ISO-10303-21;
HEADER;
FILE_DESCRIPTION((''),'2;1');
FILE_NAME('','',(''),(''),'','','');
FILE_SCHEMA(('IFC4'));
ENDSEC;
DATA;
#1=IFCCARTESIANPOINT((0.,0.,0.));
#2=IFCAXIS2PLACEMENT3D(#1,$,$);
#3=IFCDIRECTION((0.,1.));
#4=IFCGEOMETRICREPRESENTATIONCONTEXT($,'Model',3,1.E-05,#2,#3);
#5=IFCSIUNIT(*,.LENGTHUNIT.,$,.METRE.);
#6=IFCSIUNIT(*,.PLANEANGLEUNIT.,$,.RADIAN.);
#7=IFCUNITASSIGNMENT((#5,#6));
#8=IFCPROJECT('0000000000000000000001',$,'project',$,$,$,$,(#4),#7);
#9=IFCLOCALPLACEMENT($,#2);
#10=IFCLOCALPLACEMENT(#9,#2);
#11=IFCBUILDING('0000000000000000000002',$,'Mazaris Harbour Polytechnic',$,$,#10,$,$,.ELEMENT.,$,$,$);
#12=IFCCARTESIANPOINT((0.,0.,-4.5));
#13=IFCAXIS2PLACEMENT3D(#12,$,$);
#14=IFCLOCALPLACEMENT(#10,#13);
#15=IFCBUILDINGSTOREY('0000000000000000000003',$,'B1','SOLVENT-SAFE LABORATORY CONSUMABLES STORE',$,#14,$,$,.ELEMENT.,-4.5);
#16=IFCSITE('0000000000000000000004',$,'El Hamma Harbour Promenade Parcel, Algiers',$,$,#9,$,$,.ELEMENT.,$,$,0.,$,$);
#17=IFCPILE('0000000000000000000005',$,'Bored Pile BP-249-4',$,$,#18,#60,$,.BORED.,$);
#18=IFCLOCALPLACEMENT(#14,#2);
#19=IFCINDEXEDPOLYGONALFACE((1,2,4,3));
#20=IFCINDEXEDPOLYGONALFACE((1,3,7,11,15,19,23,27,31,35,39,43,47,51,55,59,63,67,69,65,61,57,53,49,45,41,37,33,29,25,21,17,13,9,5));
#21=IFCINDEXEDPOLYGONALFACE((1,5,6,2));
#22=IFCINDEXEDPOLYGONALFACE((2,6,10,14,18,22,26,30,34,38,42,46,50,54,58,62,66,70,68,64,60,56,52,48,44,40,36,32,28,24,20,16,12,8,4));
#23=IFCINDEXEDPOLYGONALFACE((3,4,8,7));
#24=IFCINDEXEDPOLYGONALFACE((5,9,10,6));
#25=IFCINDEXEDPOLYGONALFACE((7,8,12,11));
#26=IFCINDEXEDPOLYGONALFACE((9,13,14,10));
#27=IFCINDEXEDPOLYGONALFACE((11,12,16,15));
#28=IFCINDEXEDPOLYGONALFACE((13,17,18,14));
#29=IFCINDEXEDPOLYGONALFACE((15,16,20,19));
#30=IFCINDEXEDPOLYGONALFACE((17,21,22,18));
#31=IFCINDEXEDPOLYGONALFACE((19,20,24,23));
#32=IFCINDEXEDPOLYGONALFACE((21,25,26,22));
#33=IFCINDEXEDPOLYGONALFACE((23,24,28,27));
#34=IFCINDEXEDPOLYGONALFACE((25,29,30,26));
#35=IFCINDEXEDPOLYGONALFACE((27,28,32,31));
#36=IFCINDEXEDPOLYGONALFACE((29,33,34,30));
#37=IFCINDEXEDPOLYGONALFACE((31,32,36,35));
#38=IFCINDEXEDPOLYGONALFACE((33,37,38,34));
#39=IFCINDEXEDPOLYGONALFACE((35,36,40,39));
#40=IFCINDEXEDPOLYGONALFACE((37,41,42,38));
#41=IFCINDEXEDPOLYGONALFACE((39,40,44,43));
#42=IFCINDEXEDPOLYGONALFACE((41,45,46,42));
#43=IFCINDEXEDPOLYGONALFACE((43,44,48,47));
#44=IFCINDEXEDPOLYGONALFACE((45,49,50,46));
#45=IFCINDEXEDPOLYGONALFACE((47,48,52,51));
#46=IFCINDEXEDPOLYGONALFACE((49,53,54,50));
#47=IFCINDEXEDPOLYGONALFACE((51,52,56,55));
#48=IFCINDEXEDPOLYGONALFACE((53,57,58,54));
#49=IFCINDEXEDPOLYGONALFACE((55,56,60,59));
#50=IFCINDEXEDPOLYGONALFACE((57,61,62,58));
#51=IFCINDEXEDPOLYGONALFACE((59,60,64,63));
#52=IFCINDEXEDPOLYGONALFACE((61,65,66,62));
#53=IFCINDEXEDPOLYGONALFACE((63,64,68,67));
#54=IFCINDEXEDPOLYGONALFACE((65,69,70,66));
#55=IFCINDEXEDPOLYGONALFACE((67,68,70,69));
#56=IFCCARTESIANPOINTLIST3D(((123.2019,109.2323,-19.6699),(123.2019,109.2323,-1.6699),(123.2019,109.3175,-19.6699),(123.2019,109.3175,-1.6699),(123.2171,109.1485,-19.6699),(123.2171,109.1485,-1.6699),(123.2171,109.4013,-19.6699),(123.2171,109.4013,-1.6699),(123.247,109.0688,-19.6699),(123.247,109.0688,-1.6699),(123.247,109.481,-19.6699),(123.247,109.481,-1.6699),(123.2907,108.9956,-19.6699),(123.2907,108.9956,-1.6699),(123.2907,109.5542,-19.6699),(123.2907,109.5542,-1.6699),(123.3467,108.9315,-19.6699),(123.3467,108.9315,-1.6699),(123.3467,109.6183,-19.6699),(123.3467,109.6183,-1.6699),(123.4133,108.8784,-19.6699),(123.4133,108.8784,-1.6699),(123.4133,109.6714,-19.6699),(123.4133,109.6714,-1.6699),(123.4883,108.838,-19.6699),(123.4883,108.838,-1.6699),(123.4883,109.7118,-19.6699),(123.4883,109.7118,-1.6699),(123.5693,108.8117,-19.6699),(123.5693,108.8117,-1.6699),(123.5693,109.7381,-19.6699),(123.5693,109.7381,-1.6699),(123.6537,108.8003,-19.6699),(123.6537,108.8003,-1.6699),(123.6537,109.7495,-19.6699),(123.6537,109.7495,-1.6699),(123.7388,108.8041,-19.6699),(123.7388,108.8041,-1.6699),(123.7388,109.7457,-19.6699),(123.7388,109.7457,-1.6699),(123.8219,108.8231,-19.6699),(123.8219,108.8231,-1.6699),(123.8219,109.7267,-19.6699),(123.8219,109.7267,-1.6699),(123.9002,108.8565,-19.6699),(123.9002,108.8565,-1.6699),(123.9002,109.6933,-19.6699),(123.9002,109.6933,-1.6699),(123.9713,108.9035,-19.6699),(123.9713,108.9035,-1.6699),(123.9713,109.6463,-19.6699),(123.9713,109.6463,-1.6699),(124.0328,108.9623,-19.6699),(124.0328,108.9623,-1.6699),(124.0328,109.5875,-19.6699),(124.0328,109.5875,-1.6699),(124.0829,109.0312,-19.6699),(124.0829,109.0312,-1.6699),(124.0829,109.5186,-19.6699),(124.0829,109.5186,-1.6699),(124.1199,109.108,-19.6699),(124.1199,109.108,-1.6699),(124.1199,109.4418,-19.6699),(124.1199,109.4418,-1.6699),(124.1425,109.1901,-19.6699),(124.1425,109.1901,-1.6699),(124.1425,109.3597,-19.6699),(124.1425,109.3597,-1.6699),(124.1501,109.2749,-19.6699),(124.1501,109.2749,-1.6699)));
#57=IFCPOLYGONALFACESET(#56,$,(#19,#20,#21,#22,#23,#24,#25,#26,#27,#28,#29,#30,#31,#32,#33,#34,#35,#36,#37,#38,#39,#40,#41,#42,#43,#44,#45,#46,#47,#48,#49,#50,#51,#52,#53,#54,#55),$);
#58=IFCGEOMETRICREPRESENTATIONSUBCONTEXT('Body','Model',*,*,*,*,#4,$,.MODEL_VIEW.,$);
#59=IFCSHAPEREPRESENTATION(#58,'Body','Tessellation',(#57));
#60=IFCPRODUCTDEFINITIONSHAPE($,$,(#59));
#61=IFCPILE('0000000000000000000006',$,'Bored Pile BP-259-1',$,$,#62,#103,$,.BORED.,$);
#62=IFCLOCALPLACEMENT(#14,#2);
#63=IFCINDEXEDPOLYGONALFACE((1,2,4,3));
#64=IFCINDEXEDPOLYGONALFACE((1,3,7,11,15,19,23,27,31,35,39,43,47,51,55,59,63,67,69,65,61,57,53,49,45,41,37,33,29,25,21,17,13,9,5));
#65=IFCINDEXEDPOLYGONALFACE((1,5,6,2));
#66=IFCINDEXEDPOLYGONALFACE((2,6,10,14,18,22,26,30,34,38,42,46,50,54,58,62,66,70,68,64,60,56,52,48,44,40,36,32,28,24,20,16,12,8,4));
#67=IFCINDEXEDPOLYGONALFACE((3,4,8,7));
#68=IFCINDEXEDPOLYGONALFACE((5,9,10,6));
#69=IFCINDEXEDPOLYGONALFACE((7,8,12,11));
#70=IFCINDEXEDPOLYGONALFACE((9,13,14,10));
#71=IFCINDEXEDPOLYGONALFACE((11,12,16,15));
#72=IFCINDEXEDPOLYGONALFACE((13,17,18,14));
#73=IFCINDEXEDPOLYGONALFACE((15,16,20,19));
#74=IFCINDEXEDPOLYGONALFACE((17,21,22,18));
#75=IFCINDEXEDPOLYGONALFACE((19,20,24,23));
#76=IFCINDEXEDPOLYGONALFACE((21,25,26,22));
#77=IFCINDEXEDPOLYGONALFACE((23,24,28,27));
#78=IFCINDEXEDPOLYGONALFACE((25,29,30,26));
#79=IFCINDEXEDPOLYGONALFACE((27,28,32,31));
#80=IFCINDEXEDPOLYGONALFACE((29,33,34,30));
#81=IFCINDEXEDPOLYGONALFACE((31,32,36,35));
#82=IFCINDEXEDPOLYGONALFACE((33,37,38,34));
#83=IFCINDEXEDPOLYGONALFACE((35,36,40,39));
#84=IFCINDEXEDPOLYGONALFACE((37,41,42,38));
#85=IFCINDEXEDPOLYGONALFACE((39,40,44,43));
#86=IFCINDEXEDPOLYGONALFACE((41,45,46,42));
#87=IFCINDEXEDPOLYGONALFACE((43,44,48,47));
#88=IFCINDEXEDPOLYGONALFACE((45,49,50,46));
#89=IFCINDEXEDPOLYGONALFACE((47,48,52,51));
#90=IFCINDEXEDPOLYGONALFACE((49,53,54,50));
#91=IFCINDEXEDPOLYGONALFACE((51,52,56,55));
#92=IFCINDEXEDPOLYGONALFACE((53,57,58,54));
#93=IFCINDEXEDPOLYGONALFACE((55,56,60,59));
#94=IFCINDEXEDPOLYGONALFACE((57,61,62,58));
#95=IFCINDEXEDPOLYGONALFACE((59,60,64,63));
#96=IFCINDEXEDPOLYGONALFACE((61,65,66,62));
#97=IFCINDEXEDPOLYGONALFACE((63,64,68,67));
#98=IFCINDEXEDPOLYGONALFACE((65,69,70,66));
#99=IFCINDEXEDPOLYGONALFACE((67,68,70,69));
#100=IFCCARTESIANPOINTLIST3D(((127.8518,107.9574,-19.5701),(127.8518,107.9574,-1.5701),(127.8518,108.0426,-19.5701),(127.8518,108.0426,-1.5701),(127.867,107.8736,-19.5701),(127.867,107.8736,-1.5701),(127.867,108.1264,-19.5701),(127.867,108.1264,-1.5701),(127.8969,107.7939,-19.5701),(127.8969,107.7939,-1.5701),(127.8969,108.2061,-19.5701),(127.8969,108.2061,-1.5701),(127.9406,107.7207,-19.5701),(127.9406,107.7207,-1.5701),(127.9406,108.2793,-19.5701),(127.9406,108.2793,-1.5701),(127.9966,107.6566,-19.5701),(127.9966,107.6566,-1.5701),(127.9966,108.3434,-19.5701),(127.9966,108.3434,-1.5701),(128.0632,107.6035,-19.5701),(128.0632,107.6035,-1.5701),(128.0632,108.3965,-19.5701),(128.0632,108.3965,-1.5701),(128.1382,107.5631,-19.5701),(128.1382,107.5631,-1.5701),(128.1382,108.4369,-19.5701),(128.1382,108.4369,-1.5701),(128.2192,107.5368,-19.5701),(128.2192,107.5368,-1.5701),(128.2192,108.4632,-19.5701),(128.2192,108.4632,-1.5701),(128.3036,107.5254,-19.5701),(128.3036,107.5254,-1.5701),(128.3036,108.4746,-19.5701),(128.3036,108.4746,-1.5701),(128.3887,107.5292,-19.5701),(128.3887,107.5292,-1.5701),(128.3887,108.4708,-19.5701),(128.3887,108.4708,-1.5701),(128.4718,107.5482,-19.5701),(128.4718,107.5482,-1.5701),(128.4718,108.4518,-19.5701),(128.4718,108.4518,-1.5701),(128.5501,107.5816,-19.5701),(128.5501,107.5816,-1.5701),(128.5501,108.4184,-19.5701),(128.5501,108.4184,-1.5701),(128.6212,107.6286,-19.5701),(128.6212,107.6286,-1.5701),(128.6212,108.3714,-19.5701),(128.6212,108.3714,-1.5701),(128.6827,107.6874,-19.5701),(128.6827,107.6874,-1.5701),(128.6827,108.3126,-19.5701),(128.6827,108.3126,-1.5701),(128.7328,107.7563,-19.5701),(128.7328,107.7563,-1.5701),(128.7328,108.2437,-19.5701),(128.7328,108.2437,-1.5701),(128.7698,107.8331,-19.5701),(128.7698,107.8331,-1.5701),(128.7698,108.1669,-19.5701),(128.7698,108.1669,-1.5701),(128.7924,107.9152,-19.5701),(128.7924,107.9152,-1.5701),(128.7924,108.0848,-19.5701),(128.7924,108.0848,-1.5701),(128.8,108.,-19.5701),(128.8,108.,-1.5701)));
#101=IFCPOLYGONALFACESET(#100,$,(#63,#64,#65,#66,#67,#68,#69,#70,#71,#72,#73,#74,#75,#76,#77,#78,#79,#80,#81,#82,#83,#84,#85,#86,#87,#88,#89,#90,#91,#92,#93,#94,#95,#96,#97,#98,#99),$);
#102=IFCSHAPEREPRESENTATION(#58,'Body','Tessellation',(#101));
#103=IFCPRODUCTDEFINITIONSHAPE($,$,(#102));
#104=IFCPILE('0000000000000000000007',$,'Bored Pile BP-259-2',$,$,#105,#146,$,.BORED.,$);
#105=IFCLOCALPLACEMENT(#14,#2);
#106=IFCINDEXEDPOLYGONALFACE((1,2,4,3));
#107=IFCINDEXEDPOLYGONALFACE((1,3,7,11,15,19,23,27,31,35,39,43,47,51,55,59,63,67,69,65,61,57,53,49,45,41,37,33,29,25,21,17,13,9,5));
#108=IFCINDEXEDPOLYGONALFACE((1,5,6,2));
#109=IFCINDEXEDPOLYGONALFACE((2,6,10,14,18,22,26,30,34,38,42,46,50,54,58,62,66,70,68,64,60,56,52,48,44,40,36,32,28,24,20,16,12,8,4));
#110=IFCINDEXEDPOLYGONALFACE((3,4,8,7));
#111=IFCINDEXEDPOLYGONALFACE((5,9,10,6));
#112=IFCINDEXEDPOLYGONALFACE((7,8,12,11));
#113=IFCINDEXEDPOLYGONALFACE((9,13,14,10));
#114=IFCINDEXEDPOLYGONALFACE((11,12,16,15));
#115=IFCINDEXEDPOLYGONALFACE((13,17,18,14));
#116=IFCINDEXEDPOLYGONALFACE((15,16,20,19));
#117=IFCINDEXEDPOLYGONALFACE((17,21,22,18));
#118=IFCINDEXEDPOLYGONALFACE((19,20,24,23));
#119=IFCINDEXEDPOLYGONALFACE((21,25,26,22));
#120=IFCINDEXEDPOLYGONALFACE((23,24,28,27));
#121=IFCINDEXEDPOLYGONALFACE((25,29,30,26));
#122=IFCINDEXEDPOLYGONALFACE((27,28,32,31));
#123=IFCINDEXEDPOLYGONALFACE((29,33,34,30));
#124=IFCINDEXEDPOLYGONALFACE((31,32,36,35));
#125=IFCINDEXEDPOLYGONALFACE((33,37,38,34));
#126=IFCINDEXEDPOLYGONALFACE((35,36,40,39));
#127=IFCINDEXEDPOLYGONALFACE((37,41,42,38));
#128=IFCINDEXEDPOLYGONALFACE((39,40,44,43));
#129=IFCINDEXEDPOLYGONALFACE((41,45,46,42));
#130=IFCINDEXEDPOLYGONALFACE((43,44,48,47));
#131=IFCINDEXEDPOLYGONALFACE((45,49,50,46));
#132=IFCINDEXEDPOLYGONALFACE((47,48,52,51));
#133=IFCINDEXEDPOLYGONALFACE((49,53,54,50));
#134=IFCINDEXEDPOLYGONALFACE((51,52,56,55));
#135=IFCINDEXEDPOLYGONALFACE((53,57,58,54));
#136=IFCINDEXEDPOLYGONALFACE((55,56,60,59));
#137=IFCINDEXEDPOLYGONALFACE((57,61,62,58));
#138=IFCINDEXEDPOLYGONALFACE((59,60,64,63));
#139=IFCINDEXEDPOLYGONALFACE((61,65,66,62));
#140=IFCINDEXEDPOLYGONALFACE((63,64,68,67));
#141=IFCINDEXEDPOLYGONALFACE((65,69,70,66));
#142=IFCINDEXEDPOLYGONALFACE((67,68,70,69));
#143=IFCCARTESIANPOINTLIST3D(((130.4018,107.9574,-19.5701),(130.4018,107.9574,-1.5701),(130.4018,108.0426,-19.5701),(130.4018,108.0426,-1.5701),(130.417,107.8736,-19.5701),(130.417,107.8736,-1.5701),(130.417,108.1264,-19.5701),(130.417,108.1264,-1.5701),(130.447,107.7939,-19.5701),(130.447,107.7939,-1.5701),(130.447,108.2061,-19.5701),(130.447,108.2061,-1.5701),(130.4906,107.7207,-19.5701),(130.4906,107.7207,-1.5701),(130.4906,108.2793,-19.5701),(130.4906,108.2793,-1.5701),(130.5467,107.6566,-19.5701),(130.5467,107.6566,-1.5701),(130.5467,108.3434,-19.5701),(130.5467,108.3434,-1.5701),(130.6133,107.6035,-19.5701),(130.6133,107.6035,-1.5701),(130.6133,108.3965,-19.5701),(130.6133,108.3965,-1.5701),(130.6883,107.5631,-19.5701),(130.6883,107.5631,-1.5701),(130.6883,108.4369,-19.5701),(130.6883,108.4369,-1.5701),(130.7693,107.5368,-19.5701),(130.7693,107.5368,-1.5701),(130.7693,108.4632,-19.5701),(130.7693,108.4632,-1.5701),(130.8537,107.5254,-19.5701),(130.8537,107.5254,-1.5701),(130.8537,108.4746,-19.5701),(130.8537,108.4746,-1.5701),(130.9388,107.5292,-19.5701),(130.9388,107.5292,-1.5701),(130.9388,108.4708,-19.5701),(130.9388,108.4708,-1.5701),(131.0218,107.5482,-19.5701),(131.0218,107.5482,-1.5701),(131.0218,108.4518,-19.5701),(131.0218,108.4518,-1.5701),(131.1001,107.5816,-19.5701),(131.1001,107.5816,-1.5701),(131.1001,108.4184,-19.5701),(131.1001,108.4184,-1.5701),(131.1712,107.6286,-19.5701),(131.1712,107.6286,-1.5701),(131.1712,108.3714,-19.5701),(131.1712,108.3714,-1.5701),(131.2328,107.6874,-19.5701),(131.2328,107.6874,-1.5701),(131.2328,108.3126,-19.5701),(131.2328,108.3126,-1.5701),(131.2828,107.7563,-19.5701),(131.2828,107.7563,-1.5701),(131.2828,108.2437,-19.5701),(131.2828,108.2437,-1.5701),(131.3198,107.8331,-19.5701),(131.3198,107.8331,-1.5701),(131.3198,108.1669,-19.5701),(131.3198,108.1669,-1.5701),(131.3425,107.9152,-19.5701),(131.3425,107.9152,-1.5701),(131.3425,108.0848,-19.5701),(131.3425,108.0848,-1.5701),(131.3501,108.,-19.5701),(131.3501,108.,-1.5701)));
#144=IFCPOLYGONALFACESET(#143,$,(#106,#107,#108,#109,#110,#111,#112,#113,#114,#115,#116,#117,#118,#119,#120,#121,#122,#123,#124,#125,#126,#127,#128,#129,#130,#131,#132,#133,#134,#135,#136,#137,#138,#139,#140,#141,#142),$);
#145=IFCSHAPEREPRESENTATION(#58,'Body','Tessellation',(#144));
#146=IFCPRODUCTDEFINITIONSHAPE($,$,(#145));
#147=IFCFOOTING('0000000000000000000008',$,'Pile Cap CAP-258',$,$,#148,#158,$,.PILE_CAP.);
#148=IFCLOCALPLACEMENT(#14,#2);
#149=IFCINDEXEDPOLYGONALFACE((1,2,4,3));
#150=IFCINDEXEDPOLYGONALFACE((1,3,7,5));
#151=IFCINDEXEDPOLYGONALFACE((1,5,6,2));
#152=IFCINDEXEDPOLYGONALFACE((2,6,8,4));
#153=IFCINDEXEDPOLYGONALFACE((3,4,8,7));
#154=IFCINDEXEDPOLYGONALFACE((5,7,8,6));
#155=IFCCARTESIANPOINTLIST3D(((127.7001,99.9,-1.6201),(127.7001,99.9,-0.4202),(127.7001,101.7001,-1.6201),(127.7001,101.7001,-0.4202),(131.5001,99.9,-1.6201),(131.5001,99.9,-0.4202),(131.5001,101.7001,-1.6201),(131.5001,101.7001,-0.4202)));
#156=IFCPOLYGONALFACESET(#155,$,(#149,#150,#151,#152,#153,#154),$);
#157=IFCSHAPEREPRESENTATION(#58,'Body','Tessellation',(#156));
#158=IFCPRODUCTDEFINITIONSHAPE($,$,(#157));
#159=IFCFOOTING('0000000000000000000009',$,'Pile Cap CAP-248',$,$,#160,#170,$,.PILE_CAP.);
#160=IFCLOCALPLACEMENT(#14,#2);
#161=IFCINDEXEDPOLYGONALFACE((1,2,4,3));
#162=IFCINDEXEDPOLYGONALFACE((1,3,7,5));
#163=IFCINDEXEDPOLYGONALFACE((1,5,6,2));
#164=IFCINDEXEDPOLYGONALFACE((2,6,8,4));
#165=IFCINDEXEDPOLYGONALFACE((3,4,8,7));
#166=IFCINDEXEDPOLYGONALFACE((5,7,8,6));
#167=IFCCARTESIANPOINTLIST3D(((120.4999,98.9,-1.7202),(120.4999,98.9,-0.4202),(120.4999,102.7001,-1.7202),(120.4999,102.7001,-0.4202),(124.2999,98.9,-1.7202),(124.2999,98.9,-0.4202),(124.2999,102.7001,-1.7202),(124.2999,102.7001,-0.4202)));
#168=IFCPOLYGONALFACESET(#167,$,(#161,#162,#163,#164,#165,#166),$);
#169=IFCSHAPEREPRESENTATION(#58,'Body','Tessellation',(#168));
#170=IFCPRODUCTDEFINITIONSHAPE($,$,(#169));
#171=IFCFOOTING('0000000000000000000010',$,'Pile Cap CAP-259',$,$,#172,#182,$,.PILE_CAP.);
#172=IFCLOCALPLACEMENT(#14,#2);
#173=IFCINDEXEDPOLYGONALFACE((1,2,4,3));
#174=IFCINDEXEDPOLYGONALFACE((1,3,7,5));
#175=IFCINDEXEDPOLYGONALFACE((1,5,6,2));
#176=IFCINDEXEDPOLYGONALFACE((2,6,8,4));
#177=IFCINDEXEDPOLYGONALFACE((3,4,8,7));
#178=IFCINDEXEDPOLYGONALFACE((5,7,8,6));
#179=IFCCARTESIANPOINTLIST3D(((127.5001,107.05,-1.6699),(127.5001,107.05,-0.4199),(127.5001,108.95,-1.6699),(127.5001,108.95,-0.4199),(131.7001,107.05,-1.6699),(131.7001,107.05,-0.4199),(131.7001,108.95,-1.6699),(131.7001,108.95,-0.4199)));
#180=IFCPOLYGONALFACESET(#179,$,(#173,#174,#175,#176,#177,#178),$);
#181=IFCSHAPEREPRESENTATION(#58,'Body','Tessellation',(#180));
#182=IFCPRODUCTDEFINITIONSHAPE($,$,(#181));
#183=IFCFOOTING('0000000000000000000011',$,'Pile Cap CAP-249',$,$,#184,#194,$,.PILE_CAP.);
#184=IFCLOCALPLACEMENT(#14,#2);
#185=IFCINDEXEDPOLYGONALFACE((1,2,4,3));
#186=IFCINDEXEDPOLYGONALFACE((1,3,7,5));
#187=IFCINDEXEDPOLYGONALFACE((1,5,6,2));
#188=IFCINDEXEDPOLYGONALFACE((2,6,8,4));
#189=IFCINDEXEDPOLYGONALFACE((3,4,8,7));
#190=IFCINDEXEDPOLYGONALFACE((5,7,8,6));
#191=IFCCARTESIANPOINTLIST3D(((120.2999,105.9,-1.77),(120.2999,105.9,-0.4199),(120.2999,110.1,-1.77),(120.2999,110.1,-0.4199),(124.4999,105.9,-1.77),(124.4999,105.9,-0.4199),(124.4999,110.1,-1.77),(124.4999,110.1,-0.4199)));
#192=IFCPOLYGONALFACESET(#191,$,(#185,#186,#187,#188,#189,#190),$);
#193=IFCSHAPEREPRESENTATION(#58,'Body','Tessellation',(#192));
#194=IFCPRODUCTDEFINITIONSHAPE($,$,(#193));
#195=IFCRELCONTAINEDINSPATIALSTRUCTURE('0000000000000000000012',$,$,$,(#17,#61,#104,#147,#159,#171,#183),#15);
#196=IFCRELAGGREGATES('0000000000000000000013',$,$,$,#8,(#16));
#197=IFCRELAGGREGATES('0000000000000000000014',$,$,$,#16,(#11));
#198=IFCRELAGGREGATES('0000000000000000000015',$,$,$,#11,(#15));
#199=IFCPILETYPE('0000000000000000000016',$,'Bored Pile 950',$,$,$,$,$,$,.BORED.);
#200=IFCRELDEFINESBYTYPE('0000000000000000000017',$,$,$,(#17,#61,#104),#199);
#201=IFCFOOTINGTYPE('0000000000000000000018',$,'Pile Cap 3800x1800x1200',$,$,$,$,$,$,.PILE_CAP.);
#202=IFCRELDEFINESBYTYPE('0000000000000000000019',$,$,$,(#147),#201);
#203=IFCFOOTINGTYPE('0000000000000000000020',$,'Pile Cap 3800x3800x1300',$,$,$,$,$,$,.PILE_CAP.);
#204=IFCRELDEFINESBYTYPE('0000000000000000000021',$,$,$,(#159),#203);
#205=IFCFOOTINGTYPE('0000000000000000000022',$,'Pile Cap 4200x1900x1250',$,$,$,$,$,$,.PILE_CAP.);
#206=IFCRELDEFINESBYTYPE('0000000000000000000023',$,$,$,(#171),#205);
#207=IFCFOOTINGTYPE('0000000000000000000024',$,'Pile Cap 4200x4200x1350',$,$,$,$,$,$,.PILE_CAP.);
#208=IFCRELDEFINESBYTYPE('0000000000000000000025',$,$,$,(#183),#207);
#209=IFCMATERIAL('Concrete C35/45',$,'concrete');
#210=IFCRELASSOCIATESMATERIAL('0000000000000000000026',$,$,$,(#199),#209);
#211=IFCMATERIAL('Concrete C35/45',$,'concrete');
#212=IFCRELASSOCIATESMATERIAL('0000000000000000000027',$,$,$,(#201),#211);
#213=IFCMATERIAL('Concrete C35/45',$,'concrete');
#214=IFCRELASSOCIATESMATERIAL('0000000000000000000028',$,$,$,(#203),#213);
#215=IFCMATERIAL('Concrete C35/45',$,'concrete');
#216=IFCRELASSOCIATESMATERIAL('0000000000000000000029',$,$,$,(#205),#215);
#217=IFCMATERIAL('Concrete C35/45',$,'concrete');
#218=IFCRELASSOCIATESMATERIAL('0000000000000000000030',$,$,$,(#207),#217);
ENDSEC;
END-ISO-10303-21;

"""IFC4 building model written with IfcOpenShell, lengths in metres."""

from ifc_helpers import new_model, si_unit, direction, frame, origin, origin_2d, place, context, subcontext, project, spatial, rectangle, circle, extrude, material, material_profile, profile_set, type_object, element, save


model = new_model("IFC4")

# Units and contexts
model_context = context("Model", 3, precision=1e-05, world=origin(), true_north=direction((0.0, 1.0)))
body_context = subcontext(model_context, "Body", "Model", "MODEL_VIEW")
ifc_project = project(units=[si_unit("LENGTHUNIT", "METRE"), si_unit("PLANEANGLEUNIT", "RADIAN")], contexts=[model_context])

# Site, building, storey
site_placement = place(None, origin())
site = spatial("IfcSite", under=ifc_project, at=site_placement, Name="El Hamma Harbour Promenade Parcel, Algiers", CompositionType="ELEMENT", RefElevation=0.0)
building_placement = place(site_placement, origin())
building = spatial("IfcBuilding", under=site, at=building_placement, Name="Mazaris Harbour Polytechnic", CompositionType="ELEMENT")
storey_placement = place(building_placement, frame((0.0, 0.0, -4.5)))
storey = spatial("IfcBuildingStorey", under=building, at=storey_placement, Name="B1", Description="SOLVENT-SAFE LABORATORY CONSUMABLES STORE", CompositionType="ELEMENT", Elevation=-4.5)

# Piles
ifc_material_1 = material(Name="Concrete C35/45", Category="concrete")
ifc_material_profile_1 = material_profile(ifc_material_1, circle(Radius=0.4751, at=origin_2d()), Name="DIA950")
ifc_profile_set_1 = profile_set([ifc_material_profile_1], Name="Concrete C35/45")
pile_type_1 = type_object("IfcPileType", Name="Bored Pile 950", PredefinedType="BORED", material=ifc_profile_set_1)
for number, where, z_axis, x_axis, name in (
    (1, (123.675, 109.2749, -1.6699), (0.0, 0.0, -1.0), (1.0, 0.0, 0.0), "Bored Pile BP-249-4"),
    (2, (128.325, 108.0, -1.5701), (0.0, 0.0, -1.0), (1.0, 0.0, 0.0), "Bored Pile BP-259-1"),
    (3, (130.875, 108.0, -1.5701), (0.0, 0.0, -1.0), (1.0, 0.0, 0.0), "Bored Pile BP-259-2"),
):
    element("IfcPile", number, at=place(storey_placement, frame(where, z_axis=z_axis, x_axis=x_axis)), inside=storey, type_object=pile_type_1, Name=name, PredefinedType="BORED", context=body_context, shape_type="SweptSolid", body=[
        extrude(circle(Radius=0.4751, at=origin_2d()), origin(), (0.0, 0.0, 1.0), 18.0),
    ])

# Footings
ifc_material_2 = material(Name="Concrete C35/45", Category="concrete")
footing_type_1 = type_object("IfcFootingType", Name="Pile Cap 3800x1800x1200", PredefinedType="PILE_CAP", material=ifc_material_2)
footing_1_placement = place(storey_placement, frame((129.6001, 100.8, -1.6201), z_axis=(0.0, 0.0, 1.0), x_axis=(1.0, 0.0, 0.0)))
element("IfcFooting", 4, at=footing_1_placement, inside=storey, type_object=footing_type_1, Name="Pile Cap CAP-258", PredefinedType="PILE_CAP", context=body_context, shape_type="SweptSolid", body=[
    extrude(rectangle(XDim=3.8, YDim=1.8, at=origin_2d()), origin(), (0.0, 0.0, 1.0), 1.2),
])
ifc_material_3 = material(Name="Concrete C35/45", Category="concrete")
footing_type_2 = type_object("IfcFootingType", Name="Pile Cap 3800x3800x1300", PredefinedType="PILE_CAP", material=ifc_material_3)
footing_2_placement = place(storey_placement, frame((122.3999, 100.8, -1.7202), z_axis=(0.0, 0.0, 1.0), x_axis=(1.0, 0.0, 0.0)))
element("IfcFooting", 5, at=footing_2_placement, inside=storey, type_object=footing_type_2, Name="Pile Cap CAP-248", PredefinedType="PILE_CAP", context=body_context, shape_type="SweptSolid", body=[
    extrude(rectangle(XDim=3.8, YDim=3.8, at=origin_2d()), origin(), (0.0, 0.0, 1.0), 1.3),
])
ifc_material_4 = material(Name="Concrete C35/45", Category="concrete")
footing_type_3 = type_object("IfcFootingType", Name="Pile Cap 4200x1900x1250", PredefinedType="PILE_CAP", material=ifc_material_4)
footing_3_placement = place(storey_placement, frame((129.6001, 108.0, -1.6699), z_axis=(0.0, 0.0, 1.0), x_axis=(1.0, 0.0, 0.0)))
element("IfcFooting", 6, at=footing_3_placement, inside=storey, type_object=footing_type_3, Name="Pile Cap CAP-259", PredefinedType="PILE_CAP", context=body_context, shape_type="SweptSolid", body=[
    extrude(rectangle(XDim=4.2, YDim=1.8999, at=origin_2d()), origin(), (0.0, 0.0, 1.0), 1.25),
])
ifc_material_5 = material(Name="Concrete C35/45", Category="concrete")
footing_type_4 = type_object("IfcFootingType", Name="Pile Cap 4200x4200x1350", PredefinedType="PILE_CAP", material=ifc_material_5)
footing_4_placement = place(storey_placement, frame((122.3999, 108.0, -1.77), z_axis=(0.0, 0.0, 1.0), x_axis=(1.0, 0.0, 0.0)))
element("IfcFooting", 7, at=footing_4_placement, inside=storey, type_object=footing_type_4, Name="Pile Cap CAP-249", PredefinedType="PILE_CAP", context=body_context, shape_type="SweptSolid", body=[
    extrude(rectangle(XDim=4.2, YDim=4.2, at=origin_2d()), origin(), (0.0, 0.0, 1.0), 1.3501),
])

save(model, "model.ifc")
